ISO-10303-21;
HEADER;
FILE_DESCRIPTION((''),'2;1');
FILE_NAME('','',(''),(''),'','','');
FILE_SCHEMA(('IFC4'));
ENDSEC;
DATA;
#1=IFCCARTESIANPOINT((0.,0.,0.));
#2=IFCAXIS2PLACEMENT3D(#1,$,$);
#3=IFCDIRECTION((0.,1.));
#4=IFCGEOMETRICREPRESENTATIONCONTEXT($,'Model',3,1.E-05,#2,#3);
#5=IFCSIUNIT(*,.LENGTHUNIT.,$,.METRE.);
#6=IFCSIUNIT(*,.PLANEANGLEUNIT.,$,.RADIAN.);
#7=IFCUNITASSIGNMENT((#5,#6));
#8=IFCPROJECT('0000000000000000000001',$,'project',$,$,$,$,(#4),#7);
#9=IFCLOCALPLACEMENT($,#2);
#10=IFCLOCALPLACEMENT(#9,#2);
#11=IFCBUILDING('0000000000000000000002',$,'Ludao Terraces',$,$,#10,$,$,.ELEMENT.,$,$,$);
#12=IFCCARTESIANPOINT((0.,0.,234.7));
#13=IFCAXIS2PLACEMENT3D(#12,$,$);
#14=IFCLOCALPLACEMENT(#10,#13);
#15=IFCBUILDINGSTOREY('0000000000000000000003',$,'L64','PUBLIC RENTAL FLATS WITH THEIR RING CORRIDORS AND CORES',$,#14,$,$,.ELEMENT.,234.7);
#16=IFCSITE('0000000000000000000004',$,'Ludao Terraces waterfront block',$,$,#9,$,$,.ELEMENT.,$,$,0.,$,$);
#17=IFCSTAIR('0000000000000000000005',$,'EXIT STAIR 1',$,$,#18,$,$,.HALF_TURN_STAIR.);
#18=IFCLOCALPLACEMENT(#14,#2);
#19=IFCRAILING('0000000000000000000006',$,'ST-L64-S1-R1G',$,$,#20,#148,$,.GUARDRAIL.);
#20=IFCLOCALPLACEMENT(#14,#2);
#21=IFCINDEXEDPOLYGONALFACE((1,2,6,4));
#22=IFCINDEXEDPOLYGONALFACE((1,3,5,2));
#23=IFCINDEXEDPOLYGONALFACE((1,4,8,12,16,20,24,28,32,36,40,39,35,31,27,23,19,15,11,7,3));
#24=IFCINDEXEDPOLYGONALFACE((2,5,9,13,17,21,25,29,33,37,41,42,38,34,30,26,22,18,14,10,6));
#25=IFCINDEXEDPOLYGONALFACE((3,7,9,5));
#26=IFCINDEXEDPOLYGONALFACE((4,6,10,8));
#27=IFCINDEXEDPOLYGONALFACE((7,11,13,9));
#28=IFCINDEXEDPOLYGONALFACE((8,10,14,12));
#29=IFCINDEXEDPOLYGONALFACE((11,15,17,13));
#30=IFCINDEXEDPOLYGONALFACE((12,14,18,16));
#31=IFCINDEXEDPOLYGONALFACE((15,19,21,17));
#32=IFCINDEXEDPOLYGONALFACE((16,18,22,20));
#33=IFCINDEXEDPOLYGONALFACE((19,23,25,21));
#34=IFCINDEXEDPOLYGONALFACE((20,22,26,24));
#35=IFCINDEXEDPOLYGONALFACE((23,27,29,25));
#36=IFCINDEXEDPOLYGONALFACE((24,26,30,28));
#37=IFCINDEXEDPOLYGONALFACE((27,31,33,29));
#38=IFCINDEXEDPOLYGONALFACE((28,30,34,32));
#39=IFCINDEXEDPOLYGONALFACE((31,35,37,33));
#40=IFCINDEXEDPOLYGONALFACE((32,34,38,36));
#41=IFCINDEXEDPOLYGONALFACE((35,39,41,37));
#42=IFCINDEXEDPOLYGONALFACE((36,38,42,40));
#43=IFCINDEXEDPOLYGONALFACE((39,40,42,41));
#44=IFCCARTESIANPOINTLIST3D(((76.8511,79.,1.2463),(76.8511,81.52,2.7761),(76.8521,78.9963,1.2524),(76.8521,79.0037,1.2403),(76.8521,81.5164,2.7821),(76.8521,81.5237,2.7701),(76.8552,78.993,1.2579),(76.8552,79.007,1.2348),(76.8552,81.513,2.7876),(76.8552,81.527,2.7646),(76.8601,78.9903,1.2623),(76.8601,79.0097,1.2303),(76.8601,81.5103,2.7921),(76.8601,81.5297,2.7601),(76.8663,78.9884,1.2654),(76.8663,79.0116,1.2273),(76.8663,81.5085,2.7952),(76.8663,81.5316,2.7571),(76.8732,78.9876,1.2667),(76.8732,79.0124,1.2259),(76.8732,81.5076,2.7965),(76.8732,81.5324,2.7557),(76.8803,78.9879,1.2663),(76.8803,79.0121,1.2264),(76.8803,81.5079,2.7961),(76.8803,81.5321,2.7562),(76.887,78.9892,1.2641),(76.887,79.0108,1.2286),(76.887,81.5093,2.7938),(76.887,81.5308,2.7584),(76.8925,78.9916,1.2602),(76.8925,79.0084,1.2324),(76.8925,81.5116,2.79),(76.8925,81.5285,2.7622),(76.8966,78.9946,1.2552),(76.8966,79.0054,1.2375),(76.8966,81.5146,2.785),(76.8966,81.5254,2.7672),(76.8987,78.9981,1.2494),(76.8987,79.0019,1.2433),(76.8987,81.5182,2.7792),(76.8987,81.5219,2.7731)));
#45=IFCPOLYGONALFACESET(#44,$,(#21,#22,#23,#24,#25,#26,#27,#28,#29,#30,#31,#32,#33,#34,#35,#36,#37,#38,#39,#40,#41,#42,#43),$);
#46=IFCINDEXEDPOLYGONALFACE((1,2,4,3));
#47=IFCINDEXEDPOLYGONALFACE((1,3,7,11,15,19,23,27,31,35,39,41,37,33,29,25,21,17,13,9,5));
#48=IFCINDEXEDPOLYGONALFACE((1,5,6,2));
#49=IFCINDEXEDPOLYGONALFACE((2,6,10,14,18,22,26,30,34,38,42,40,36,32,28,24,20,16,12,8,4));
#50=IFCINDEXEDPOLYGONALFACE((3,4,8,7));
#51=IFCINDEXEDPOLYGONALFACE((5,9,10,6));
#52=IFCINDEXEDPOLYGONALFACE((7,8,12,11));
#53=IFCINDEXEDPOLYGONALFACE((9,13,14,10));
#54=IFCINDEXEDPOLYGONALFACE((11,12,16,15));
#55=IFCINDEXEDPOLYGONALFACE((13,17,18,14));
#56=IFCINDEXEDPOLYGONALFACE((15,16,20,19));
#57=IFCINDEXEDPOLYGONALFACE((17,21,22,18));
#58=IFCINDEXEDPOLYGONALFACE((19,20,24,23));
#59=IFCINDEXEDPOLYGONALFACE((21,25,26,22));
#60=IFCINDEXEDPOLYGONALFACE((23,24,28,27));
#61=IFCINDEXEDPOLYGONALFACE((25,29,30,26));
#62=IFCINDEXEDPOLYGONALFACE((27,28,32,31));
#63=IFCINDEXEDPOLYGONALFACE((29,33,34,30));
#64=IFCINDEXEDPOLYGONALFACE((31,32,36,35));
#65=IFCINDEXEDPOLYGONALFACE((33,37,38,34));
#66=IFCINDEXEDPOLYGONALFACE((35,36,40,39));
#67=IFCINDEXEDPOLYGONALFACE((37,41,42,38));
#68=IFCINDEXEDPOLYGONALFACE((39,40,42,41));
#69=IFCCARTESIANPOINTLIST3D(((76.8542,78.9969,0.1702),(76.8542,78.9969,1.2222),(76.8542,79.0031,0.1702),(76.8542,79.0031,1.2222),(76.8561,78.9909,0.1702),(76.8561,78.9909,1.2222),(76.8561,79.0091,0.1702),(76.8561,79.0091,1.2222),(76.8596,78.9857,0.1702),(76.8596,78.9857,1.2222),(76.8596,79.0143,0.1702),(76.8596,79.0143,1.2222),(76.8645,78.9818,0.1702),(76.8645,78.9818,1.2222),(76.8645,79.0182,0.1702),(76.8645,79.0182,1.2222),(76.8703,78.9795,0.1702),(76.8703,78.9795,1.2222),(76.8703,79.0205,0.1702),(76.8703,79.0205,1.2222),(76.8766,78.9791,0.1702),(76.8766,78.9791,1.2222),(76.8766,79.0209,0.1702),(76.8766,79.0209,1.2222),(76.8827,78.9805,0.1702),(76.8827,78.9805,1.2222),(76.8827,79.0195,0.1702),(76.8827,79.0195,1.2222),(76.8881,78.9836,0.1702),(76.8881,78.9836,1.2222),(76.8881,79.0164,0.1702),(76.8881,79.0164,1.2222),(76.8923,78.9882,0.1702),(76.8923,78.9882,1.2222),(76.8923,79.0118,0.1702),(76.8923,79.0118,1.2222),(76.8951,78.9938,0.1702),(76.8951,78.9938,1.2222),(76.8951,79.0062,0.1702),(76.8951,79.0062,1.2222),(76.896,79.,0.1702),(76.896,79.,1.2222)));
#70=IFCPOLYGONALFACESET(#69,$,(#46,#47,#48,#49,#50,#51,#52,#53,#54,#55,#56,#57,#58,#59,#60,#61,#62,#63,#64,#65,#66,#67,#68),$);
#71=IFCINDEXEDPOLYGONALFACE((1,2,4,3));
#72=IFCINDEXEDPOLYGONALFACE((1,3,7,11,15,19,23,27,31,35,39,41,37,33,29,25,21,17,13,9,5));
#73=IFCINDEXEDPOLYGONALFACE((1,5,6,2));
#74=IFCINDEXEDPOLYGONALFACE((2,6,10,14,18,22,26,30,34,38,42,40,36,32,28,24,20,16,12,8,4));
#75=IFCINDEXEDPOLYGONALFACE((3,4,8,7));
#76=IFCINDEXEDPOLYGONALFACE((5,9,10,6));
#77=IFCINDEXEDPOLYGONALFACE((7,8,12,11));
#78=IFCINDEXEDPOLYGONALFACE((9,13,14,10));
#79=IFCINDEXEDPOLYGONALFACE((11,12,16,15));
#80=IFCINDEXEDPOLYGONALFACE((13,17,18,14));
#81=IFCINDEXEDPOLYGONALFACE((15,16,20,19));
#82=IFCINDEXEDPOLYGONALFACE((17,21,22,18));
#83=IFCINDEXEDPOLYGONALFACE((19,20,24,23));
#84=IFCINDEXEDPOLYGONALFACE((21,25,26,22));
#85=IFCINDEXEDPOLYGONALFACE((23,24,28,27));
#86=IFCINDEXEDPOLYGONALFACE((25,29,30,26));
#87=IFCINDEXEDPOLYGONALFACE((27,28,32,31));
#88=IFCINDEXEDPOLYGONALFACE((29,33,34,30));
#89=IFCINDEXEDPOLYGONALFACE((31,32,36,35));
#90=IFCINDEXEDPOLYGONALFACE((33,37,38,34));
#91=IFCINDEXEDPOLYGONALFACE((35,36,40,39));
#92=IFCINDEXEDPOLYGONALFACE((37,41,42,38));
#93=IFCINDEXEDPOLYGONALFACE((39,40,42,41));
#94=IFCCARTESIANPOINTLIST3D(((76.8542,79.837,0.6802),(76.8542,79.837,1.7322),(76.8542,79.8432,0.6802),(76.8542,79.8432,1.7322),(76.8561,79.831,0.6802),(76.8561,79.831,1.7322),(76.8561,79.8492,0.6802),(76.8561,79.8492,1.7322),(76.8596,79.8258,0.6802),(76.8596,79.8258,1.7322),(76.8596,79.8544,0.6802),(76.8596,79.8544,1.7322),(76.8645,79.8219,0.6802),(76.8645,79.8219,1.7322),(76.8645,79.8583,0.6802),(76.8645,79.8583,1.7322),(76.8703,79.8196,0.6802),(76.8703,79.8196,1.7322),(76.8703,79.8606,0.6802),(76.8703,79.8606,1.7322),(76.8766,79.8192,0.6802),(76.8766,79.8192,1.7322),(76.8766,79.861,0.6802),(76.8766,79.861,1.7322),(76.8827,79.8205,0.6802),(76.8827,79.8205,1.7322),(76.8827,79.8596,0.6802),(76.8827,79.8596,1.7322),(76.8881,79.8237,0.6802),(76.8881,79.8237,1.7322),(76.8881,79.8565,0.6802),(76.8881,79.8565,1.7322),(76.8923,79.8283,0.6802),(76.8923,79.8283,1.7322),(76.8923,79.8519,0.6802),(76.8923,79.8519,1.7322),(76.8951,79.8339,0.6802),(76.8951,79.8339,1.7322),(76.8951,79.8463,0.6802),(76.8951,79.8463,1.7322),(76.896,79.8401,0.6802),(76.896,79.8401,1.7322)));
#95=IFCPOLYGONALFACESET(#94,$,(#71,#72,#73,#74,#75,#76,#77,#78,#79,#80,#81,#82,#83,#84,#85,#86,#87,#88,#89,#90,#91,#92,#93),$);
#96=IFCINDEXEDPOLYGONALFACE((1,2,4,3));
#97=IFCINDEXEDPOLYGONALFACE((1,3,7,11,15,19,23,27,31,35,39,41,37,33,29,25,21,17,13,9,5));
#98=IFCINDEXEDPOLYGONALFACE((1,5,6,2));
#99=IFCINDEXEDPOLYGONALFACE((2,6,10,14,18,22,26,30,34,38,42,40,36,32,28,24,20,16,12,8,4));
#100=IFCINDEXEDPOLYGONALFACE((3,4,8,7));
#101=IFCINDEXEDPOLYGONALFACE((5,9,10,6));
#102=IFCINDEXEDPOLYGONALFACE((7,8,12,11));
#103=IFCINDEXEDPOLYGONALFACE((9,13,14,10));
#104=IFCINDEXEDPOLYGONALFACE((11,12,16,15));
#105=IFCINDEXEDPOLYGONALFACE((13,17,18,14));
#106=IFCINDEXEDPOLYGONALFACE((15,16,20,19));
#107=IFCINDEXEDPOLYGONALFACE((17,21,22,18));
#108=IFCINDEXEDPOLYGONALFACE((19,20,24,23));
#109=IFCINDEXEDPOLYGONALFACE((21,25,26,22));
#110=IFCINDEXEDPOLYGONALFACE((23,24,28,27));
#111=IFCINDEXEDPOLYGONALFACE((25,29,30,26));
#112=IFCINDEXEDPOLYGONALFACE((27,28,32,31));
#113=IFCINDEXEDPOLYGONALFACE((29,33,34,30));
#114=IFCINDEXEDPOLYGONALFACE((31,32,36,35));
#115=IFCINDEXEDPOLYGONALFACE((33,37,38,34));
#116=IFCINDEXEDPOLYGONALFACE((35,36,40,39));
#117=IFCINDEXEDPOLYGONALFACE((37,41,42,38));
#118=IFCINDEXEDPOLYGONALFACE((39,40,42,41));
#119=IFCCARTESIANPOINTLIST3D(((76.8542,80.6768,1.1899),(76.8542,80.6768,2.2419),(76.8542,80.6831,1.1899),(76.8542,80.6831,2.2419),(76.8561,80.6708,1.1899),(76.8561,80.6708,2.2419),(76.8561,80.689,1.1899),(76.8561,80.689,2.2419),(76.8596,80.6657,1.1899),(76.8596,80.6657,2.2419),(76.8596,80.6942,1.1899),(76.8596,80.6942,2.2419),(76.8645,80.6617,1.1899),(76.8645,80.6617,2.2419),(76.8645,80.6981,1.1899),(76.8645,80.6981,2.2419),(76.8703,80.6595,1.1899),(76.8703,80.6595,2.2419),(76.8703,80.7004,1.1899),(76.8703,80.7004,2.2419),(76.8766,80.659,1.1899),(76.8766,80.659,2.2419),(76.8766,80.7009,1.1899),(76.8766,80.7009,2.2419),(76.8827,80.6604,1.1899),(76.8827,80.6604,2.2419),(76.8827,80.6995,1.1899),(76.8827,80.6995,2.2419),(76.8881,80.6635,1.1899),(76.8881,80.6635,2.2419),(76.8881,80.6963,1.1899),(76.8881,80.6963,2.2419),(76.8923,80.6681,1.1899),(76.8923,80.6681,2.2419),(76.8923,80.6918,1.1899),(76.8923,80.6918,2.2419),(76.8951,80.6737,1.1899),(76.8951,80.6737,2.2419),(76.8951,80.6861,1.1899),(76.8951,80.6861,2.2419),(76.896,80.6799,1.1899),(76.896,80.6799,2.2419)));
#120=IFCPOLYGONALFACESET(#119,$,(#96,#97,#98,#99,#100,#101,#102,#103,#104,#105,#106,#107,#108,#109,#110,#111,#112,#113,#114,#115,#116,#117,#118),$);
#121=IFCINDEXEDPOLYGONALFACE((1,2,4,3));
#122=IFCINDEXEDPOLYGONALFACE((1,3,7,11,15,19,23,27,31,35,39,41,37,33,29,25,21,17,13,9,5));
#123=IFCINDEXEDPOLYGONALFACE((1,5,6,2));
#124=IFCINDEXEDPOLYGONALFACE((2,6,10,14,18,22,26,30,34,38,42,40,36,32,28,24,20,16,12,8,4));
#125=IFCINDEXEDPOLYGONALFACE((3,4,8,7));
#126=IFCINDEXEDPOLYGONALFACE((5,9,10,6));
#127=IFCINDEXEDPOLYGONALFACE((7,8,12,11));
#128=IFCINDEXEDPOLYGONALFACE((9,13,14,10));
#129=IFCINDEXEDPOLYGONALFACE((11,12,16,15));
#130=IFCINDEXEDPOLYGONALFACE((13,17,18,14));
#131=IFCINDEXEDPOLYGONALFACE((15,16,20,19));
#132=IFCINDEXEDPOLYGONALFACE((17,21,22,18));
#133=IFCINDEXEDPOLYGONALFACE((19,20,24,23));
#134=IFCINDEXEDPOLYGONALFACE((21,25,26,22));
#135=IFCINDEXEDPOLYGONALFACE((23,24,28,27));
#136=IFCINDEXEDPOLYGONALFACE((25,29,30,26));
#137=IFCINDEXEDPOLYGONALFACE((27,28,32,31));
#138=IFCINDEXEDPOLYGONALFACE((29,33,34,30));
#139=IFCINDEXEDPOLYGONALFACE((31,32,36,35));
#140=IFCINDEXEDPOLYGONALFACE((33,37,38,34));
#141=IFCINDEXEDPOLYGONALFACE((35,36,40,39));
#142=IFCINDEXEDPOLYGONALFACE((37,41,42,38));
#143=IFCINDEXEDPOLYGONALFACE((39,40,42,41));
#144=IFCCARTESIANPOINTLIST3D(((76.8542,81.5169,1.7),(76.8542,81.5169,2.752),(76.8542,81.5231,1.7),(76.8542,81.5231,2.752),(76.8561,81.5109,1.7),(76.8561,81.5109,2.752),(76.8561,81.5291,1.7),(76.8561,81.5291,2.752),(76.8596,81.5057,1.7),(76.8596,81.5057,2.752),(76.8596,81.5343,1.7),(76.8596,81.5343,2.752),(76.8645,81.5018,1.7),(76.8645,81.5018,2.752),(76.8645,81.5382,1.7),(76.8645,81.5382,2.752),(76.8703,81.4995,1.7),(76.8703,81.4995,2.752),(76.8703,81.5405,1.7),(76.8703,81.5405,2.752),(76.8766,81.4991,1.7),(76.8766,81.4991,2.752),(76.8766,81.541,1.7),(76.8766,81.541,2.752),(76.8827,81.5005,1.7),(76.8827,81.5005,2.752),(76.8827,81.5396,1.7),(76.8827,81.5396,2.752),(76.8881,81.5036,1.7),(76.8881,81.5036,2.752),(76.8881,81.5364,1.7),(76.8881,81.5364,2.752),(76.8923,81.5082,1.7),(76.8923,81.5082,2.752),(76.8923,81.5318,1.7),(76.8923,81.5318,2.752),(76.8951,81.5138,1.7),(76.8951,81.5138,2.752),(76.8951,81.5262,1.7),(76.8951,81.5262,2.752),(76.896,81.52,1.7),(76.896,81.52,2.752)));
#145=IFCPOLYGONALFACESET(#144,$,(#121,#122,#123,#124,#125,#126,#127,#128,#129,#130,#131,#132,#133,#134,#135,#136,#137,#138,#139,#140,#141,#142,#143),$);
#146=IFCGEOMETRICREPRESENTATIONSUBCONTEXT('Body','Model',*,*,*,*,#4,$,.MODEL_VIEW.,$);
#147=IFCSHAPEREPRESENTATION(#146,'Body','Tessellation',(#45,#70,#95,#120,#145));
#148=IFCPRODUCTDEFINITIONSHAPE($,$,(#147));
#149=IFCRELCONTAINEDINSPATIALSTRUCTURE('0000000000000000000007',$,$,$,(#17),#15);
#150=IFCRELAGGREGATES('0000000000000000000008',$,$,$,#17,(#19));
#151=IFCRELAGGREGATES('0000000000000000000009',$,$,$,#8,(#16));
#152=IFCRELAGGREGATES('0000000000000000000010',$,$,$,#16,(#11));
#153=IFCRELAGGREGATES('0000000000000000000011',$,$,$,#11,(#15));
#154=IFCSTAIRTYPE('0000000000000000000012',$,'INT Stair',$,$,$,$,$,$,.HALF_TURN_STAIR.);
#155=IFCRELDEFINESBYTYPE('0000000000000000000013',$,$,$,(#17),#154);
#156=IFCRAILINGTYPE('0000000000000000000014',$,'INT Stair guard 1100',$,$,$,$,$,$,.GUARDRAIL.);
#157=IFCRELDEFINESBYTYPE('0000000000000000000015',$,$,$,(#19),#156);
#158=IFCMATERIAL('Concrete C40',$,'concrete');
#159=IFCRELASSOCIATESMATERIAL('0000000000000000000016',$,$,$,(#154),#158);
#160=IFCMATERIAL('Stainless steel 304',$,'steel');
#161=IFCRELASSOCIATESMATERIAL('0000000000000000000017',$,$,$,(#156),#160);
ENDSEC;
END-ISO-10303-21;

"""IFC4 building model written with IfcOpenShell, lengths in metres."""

from ifc_helpers import new_model, si_unit, direction, frame, origin, origin_2d, place, context, subcontext, project, spatial, circle, extrude, material, type_object, element, aggregate, save


model = new_model("IFC4")

# Units and contexts
model_context = context("Model", 3, precision=1e-05, world=origin(), true_north=direction((0.0, 1.0)))
body_context = subcontext(model_context, "Body", "Model", "MODEL_VIEW")
ifc_project = project(units=[si_unit("LENGTHUNIT", "METRE"), si_unit("PLANEANGLEUNIT", "RADIAN")], contexts=[model_context])

# Site, building, storey
site_placement = place(None, origin())
site = spatial("IfcSite", under=ifc_project, at=site_placement, Name="Ludao Terraces waterfront block", CompositionType="ELEMENT", RefElevation=0.0)
building_placement = place(site_placement, origin())
building = spatial("IfcBuilding", under=site, at=building_placement, Name="Ludao Terraces", CompositionType="ELEMENT")
storey_placement = place(building_placement, frame((0.0, 0.0, 234.7)))
storey = spatial("IfcBuildingStorey", under=building, at=storey_placement, Name="L64", Description="PUBLIC RENTAL FLATS WITH THEIR RING CORRIDORS AND CORES", CompositionType="ELEMENT", Elevation=234.7)

# Shared definitions
ifc_material_1 = material(Name="Concrete C40", Category="concrete")

# Shared definitions
ifc_material_2 = material(Name="Stainless steel 304", Category="steel")

# Stair, railing
stair_type = type_object("IfcStairType", Name="INT Stair", PredefinedType="HALF_TURN_STAIR", material=ifc_material_1)
stair_placement = place(storey_placement, origin())
stair = element("IfcStair", 1, at=stair_placement, inside=storey, type_object=stair_type, Name="EXIT STAIR 1", PredefinedType="HALF_TURN_STAIR")
railing_type_1 = type_object("IfcRailingType", Name="INT Stair guard 1100", PredefinedType="GUARDRAIL", material=ifc_material_2)
railing_1_placement = place(storey_placement, frame((76.875, 79.0, 0.1702)))
railing_1 = element("IfcRailing", 2, at=railing_1_placement, type_object=railing_type_1, Name="ST-L64-S1-R1G", PredefinedType="GUARDRAIL", context=body_context, shape_type="SweptSolid", body=[
    extrude(circle(Radius=0.0239, at=origin_2d()), frame((0.0, 0.0, 1.0762), z_axis=(0.0, 0.854822, 0.518922), x_axis=(-1.0, 0.0, 0.0)), (0.0, 0.0, 1.0), 2.948),
    extrude(circle(Radius=0.021, at=origin_2d()), origin(), (0.0, 0.0, 1.0), 1.052),
    extrude(circle(Radius=0.021, at=origin_2d()), frame((0.0, 0.8401, 0.51)), (0.0, 0.0, 1.0), 1.052),
    extrude(circle(Radius=0.021, at=origin_2d()), frame((0.0, 1.6799, 1.0198)), (0.0, 0.0, 1.0), 1.052),
    extrude(circle(Radius=0.021, at=origin_2d()), frame((0.0, 2.52, 1.5298)), (0.0, 0.0, 1.0), 1.052),
])
aggregate(stair, [railing_1])

save(model, "model.ifc")
